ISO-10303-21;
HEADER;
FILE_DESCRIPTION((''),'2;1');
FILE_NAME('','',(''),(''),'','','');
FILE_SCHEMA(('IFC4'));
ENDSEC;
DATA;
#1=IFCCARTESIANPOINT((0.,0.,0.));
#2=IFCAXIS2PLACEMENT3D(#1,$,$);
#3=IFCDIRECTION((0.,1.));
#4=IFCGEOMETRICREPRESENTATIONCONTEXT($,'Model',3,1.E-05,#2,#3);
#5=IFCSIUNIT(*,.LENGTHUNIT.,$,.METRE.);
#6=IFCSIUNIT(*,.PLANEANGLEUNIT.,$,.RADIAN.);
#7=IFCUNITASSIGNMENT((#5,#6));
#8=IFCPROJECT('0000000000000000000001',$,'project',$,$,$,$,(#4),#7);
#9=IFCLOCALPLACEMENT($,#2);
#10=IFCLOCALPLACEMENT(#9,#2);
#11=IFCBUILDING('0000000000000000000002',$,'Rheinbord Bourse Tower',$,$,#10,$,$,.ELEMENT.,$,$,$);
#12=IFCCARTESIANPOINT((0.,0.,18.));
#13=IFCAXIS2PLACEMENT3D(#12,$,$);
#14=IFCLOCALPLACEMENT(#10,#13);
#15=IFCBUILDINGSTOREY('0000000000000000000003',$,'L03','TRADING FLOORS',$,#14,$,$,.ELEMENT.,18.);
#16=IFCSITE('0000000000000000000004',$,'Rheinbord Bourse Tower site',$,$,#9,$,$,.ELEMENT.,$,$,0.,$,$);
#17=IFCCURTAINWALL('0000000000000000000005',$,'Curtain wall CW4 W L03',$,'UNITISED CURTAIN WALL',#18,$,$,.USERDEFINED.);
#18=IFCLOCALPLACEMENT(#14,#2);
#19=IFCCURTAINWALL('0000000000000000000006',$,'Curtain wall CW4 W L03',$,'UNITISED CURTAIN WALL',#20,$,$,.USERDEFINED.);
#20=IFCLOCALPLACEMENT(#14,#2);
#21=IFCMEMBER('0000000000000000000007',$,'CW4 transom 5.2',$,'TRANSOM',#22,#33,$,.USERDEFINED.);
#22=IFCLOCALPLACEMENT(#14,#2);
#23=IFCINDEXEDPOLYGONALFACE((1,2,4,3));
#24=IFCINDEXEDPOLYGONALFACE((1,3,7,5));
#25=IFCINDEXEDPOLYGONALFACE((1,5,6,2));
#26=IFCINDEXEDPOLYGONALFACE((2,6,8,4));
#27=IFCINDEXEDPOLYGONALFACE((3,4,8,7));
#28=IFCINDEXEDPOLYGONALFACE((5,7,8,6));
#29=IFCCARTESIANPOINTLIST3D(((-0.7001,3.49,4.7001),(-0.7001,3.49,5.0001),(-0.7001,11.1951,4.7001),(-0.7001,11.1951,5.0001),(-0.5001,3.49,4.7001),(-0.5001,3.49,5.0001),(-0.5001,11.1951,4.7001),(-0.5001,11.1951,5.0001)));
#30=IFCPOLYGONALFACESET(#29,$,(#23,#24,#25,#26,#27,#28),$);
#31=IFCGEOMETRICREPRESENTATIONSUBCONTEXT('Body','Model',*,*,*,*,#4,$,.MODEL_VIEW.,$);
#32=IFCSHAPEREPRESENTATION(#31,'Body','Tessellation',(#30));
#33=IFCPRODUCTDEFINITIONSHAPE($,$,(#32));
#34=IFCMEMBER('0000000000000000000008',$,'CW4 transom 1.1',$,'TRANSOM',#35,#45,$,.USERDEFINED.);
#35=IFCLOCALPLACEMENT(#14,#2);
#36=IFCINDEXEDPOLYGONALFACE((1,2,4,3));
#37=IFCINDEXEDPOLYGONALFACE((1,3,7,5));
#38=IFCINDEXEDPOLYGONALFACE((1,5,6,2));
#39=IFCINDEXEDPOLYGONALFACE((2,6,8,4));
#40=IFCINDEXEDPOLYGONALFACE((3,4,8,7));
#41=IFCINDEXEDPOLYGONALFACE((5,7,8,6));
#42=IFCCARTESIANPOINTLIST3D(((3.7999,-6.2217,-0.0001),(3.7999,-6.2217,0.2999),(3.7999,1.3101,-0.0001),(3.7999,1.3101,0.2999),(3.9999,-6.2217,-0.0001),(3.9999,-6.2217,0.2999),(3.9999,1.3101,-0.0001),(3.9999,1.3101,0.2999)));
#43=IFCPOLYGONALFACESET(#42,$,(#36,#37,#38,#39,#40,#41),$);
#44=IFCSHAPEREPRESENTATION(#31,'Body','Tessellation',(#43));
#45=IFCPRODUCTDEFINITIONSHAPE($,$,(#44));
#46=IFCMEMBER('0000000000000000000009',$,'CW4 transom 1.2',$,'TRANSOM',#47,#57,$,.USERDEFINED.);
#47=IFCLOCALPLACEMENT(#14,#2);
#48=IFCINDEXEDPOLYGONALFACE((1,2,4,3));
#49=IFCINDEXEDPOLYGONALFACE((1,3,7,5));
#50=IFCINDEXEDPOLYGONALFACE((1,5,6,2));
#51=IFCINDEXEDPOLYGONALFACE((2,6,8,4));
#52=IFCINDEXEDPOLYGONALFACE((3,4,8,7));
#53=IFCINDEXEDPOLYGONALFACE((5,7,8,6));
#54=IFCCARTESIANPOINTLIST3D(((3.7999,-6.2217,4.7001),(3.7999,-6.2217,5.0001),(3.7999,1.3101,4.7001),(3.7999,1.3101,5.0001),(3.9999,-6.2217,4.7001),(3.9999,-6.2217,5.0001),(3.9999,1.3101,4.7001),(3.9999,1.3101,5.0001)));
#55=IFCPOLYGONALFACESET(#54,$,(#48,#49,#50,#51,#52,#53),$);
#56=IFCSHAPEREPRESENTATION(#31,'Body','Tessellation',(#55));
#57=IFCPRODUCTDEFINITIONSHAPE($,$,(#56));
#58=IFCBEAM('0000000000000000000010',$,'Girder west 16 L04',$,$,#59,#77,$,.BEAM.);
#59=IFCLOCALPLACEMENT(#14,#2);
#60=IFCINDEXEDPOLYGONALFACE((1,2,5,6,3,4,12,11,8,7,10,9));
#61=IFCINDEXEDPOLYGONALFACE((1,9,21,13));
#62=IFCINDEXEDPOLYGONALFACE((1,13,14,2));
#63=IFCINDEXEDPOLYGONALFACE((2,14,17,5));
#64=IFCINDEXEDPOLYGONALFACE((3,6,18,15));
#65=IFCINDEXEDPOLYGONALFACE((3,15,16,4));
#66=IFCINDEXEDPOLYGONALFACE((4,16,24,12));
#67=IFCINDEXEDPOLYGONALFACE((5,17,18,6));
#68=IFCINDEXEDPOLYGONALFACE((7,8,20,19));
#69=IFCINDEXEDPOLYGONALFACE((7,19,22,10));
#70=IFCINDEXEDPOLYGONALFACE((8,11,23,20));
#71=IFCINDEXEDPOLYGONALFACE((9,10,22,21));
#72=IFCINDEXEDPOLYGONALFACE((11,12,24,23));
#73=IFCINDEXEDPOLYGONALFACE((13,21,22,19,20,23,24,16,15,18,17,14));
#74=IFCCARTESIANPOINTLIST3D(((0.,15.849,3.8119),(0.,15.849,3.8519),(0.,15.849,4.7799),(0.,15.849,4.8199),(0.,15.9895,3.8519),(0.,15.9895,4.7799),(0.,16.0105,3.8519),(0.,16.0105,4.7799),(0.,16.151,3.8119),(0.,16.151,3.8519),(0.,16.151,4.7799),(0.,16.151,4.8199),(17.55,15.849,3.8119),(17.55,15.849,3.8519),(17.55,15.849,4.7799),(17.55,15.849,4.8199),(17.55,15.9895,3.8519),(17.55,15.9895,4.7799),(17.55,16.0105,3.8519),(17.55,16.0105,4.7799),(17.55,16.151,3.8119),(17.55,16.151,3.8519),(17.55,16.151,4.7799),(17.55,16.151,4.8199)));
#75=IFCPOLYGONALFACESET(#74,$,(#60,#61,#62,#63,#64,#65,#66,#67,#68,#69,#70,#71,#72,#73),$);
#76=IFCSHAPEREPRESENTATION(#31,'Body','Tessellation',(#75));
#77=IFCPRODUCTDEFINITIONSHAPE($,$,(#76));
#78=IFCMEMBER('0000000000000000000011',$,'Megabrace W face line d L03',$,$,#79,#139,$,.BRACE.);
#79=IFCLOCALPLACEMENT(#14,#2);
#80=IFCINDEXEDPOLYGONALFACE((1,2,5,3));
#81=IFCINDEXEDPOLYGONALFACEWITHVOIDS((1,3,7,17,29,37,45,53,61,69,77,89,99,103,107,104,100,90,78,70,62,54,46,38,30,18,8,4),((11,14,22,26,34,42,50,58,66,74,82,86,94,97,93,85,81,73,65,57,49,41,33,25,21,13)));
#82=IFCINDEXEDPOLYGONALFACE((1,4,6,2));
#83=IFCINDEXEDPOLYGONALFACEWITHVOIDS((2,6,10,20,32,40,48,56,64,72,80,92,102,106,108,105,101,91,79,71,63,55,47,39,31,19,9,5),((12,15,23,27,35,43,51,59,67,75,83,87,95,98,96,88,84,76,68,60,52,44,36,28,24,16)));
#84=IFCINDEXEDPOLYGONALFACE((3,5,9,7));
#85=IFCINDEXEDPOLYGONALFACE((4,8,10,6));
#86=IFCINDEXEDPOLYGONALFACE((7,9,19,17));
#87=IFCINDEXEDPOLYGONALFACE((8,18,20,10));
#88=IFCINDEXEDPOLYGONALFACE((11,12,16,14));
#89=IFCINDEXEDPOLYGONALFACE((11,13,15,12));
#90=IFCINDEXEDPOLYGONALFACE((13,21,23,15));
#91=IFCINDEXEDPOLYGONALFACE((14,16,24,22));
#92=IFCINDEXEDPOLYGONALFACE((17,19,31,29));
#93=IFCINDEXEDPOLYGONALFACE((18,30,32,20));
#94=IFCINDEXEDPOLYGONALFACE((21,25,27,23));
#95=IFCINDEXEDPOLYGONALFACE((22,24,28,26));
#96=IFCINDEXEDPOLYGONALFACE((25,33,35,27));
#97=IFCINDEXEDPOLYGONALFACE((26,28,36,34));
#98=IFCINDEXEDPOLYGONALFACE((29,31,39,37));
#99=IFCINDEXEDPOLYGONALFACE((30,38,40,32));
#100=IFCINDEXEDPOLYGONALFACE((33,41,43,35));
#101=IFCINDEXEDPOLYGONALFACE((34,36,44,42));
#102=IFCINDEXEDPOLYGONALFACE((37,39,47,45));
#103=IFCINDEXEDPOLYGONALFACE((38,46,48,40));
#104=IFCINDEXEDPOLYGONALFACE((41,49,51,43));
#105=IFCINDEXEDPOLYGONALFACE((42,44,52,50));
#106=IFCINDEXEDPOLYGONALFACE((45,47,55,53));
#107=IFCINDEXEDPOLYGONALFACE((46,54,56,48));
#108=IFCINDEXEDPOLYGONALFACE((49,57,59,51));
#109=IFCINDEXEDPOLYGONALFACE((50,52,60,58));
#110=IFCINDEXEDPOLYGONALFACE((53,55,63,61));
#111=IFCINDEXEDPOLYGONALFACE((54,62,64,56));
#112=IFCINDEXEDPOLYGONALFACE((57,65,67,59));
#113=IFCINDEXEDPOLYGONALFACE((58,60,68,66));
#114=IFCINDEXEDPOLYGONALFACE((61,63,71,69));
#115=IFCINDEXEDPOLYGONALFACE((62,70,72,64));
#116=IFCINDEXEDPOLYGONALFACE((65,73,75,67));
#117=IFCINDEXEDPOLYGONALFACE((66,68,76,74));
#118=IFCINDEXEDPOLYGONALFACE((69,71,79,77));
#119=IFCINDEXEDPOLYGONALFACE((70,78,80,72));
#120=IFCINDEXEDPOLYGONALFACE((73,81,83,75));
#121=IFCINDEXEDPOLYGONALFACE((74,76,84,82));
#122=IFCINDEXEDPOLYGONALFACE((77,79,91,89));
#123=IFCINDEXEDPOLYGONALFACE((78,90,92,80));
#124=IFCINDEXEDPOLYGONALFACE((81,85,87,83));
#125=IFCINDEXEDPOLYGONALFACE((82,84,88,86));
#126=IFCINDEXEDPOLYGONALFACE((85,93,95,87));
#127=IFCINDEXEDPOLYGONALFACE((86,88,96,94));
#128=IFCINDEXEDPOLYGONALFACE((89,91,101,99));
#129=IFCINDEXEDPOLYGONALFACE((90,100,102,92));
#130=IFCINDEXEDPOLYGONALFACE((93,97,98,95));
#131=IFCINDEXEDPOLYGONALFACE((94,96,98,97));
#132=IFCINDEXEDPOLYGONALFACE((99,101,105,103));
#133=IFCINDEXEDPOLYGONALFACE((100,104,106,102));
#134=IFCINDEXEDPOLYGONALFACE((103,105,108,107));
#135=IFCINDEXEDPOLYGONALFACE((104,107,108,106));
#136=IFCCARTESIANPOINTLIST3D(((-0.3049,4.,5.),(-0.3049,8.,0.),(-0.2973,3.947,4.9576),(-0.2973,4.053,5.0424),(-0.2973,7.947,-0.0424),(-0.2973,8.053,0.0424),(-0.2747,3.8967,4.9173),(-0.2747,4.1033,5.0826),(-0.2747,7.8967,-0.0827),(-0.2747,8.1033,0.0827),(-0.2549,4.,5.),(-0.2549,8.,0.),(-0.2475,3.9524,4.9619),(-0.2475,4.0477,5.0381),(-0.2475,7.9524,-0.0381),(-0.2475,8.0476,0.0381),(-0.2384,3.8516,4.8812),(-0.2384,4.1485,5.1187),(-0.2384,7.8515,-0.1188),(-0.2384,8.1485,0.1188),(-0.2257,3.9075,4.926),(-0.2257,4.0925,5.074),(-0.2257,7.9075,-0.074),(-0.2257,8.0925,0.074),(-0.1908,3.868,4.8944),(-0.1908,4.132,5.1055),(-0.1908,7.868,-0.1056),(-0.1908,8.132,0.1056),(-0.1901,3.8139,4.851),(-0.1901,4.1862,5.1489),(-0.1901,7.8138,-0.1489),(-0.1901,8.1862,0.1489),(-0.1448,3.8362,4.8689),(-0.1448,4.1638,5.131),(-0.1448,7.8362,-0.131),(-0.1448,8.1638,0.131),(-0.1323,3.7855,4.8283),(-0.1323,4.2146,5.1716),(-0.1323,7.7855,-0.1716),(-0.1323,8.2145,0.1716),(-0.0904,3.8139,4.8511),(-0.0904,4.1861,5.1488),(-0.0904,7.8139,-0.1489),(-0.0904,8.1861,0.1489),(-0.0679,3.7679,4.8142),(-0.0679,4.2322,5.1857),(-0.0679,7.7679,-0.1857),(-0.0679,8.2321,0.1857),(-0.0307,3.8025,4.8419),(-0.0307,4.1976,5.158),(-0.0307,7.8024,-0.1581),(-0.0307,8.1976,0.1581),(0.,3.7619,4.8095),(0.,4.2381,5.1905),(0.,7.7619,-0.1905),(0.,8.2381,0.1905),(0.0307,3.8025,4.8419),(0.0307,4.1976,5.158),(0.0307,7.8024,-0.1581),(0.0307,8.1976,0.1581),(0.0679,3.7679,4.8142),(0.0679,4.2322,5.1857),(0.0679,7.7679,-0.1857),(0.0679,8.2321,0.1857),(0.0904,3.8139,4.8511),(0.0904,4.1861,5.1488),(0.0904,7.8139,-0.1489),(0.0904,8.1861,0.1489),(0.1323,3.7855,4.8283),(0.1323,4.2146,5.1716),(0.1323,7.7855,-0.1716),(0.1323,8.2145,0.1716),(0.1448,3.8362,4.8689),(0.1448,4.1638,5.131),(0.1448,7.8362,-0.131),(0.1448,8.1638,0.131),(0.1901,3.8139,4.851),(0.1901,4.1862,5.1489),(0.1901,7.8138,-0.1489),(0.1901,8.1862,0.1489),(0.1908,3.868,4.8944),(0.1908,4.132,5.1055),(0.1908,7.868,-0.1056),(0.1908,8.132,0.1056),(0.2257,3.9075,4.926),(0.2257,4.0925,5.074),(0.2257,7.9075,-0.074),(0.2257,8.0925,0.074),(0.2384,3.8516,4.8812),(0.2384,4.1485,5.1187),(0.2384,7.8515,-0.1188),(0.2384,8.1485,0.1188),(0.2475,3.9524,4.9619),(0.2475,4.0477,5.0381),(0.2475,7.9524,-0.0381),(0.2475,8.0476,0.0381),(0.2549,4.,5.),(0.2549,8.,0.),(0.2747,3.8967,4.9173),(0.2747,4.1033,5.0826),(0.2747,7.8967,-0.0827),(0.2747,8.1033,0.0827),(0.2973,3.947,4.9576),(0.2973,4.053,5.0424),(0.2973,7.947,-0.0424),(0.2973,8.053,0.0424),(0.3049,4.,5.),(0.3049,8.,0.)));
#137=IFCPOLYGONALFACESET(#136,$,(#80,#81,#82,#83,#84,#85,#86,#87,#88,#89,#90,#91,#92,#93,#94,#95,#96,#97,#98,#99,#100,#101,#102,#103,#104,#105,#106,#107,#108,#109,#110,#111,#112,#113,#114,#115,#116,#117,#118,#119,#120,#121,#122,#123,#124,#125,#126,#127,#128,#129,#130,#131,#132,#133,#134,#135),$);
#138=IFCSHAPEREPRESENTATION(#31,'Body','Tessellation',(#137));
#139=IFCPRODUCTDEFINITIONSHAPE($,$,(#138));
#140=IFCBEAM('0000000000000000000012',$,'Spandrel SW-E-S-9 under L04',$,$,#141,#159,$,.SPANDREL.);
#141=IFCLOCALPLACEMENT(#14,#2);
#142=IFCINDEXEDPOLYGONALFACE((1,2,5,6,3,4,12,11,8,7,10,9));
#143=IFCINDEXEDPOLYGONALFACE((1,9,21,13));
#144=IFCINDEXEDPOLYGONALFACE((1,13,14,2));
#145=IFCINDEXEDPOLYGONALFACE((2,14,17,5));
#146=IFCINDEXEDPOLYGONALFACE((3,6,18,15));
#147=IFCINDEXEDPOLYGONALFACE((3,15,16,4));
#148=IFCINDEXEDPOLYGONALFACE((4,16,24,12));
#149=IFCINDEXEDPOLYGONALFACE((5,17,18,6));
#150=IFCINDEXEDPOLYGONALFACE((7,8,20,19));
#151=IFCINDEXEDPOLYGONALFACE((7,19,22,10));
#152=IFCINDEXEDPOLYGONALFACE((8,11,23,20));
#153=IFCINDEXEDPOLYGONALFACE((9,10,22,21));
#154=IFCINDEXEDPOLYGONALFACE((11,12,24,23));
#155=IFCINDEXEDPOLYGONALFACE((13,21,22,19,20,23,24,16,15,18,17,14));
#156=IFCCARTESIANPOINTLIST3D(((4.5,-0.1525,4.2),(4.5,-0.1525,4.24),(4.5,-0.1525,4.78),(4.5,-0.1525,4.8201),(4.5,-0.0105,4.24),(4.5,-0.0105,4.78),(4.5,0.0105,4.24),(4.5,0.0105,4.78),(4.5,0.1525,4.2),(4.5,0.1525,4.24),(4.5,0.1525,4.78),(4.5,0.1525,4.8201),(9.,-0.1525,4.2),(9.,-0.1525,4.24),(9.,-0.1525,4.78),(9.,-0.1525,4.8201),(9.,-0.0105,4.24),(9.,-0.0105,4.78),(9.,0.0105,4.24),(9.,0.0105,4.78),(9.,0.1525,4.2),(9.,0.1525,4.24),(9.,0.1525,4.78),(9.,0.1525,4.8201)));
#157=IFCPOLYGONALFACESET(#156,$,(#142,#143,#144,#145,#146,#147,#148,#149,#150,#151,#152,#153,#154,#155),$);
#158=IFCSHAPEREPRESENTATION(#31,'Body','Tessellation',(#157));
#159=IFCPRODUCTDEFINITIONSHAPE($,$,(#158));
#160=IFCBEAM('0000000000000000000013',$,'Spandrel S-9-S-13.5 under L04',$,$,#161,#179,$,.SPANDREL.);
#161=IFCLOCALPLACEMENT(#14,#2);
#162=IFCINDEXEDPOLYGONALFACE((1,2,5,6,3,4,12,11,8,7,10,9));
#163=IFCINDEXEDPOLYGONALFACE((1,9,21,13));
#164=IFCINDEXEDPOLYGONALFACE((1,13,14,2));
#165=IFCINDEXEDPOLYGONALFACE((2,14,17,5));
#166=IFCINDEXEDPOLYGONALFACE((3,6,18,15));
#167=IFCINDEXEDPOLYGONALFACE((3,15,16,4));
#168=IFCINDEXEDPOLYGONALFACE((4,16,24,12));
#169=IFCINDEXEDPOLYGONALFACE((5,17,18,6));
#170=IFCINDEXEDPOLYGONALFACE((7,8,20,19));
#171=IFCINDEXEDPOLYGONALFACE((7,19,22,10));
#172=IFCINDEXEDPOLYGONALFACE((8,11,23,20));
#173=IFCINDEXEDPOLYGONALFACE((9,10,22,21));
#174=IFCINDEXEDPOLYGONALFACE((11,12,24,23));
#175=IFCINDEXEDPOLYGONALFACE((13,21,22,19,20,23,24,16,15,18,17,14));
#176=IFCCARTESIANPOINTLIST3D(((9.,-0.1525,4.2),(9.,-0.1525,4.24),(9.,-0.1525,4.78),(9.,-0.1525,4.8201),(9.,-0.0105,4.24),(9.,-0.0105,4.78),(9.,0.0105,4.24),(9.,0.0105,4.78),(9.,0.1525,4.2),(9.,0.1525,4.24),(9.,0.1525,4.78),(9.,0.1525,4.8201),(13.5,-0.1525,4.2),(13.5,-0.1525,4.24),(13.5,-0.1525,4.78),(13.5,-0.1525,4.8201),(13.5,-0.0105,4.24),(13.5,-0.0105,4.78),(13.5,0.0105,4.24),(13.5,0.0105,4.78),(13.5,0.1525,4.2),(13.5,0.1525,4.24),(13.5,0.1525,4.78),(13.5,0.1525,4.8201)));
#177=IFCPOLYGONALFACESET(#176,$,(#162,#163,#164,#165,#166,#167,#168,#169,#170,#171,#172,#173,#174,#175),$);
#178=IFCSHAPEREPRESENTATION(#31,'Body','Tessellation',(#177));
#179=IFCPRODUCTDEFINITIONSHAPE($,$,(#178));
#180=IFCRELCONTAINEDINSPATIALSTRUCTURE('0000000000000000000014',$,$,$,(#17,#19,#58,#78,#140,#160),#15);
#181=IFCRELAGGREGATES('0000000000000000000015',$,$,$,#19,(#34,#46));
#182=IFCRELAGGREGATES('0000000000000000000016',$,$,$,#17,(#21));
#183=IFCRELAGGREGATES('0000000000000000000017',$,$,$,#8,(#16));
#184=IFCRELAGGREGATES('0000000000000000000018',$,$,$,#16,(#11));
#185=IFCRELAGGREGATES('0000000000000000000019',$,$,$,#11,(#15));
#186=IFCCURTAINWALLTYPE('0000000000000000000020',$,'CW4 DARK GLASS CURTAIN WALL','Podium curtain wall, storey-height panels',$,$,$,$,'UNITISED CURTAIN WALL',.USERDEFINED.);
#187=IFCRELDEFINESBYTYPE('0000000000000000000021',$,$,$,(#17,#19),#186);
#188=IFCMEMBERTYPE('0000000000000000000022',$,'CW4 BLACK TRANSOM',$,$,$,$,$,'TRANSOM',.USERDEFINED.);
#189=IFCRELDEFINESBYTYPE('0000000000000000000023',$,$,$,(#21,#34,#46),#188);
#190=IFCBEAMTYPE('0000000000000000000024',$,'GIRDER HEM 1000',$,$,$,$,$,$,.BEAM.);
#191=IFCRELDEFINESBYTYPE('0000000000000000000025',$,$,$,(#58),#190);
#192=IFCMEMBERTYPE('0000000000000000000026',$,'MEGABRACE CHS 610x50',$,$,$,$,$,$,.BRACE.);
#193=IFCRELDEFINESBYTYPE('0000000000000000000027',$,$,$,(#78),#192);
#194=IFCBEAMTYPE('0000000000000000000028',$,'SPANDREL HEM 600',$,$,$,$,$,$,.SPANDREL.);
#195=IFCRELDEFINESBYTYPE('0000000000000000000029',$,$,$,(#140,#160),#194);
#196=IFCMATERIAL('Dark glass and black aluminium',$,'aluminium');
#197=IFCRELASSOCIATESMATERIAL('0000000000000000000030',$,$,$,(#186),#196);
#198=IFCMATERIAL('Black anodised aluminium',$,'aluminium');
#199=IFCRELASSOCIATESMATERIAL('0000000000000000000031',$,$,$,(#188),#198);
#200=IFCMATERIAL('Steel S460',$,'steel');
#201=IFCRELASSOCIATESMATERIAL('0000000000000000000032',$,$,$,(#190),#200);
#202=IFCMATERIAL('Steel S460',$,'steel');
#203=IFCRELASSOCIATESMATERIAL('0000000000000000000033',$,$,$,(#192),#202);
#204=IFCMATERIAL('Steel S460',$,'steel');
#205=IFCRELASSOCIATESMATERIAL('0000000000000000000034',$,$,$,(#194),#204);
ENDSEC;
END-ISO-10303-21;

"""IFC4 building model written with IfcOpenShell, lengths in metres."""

from ifc_helpers import new_model, si_unit, direction, frame, origin, origin_2d, place, context, subcontext, project, spatial, rectangle, hollow_circle, i_section, extrude, material, material_profile, profile_set, type_object, element, aggregate, save


model = new_model("IFC4")

# Units and contexts
model_context = context("Model", 3, precision=1e-05, world=origin(), true_north=direction((0.0, 1.0)))
body_context = subcontext(model_context, "Body", "Model", "MODEL_VIEW")
ifc_project = project(units=[si_unit("LENGTHUNIT", "METRE"), si_unit("PLANEANGLEUNIT", "RADIAN")], contexts=[model_context])

# Site, building, storey
site_placement = place(None, origin())
site = spatial("IfcSite", under=ifc_project, at=site_placement, Name="Rheinbord Bourse Tower site", CompositionType="ELEMENT", RefElevation=0.0)
building_placement = place(site_placement, origin())
building = spatial("IfcBuilding", under=site, at=building_placement, Name="Rheinbord Bourse Tower", CompositionType="ELEMENT")
storey_placement = place(building_placement, frame((0.0, 0.0, 18.0)))
storey = spatial("IfcBuildingStorey", under=building, at=storey_placement, Name="L03", Description="TRADING FLOORS", CompositionType="ELEMENT", Elevation=18.0)

# Curtain wall
ifc_material_1 = material(Name="Dark glass and black aluminium", Category="aluminium")
curtain_wall_type = type_object("IfcCurtainWallType", Name="CW4 DARK GLASS CURTAIN WALL", Description="Podium curtain wall, storey-height panels", ElementType="UNITISED CURTAIN WALL", PredefinedType="USERDEFINED", material=ifc_material_1)
curtain_wall_1_placement = place(storey_placement, origin())
curtain_wall_1 = element("IfcCurtainWall", 1, at=curtain_wall_1_placement, inside=storey, type_object=curtain_wall_type, Name="Curtain wall CW4 W L03", ObjectType="UNITISED CURTAIN WALL", PredefinedType="USERDEFINED")

# Curtain wall
curtain_wall_2_placement = place(storey_placement, origin())
curtain_wall_2 = element("IfcCurtainWall", 2, at=curtain_wall_2_placement, inside=storey, type_object=curtain_wall_type, Name="Curtain wall CW4 W L03", ObjectType="UNITISED CURTAIN WALL", PredefinedType="USERDEFINED")

# Members
ifc_material_2 = material(Name="Black anodised aluminium", Category="aluminium")
ifc_material_profile_1 = material_profile(ifc_material_2, rectangle(XDim=0.2, YDim=0.3, at=origin_2d()), Name="CW4 TRANSOM 300x200")
ifc_profile_set_1 = profile_set([ifc_material_profile_1], Name="Black anodised aluminium")
member_type_1 = type_object("IfcMemberType", Name="CW4 BLACK TRANSOM", ElementType="TRANSOM", PredefinedType="USERDEFINED", material=ifc_profile_set_1)
member_1_placement = place(storey_placement, frame((-0.6001, 11.1951, 4.8501), z_axis=(0.0, -1.0, 0.0), x_axis=(1.0, 0.0, 0.0)))
member_1 = element("IfcMember", 3, at=member_1_placement, type_object=member_type_1, Name="CW4 transom 5.2", ObjectType="TRANSOM", PredefinedType="USERDEFINED", context=body_context, shape_type="SweptSolid", body=[
    extrude(rectangle(XDim=0.2, YDim=0.3, at=origin_2d()), origin(), (0.0, 0.0, 1.0), 7.7051),
])
member_2_placement = place(storey_placement, frame((3.8999, 1.3101, 0.1499), z_axis=(0.0, -1.0, 0.0), x_axis=(1.0, 0.0, 0.0)))
member_2 = element("IfcMember", 4, at=member_2_placement, type_object=member_type_1, Name="CW4 transom 1.1", ObjectType="TRANSOM", PredefinedType="USERDEFINED", context=body_context, shape_type="SweptSolid", body=[
    extrude(rectangle(XDim=0.2, YDim=0.3, at=origin_2d()), origin(), (0.0, 0.0, 1.0), 7.5317),
])
member_3_placement = place(storey_placement, frame((3.8999, 1.3101, 4.8501), z_axis=(0.0, -1.0, 0.0), x_axis=(1.0, 0.0, 0.0)))
member_3 = element("IfcMember", 5, at=member_3_placement, type_object=member_type_1, Name="CW4 transom 1.2", ObjectType="TRANSOM", PredefinedType="USERDEFINED", context=body_context, shape_type="SweptSolid", body=[
    extrude(rectangle(XDim=0.2, YDim=0.3, at=origin_2d()), origin(), (0.0, 0.0, 1.0), 7.5317),
])
aggregate(curtain_wall_2, [member_2, member_3])

# Beam
ifc_material_3 = material(Name="Steel S460", Category="steel")
ifc_material_profile_2 = material_profile(ifc_material_3, i_section(OverallWidth=0.302, OverallDepth=1.0081, WebThickness=0.021, FlangeThickness=0.04, at=origin_2d()), Name="HEM 1000")
ifc_profile_set_2 = profile_set([ifc_material_profile_2], Name="Steel S460")
beam_type_1 = type_object("IfcBeamType", Name="GIRDER HEM 1000", PredefinedType="BEAM", material=ifc_profile_set_2)
beam_1_placement = place(storey_placement, frame((0.0, 16.0, 4.3159), z_axis=(1.0, 0.0, 0.0), x_axis=(0.0, 1.0, 0.0)))
element("IfcBeam", 6, at=beam_1_placement, inside=storey, type_object=beam_type_1, Name="Girder west 16 L04", PredefinedType="BEAM", context=body_context, shape_type="SweptSolid", body=[
    extrude(i_section(OverallWidth=0.302, OverallDepth=1.0081, WebThickness=0.021, FlangeThickness=0.04, at=origin_2d()), origin(), (0.0, 0.0, 1.0), 17.55),
])

# Member
ifc_material_4 = material(Name="Steel S460", Category="steel")
ifc_material_profile_3 = material_profile(ifc_material_4, hollow_circle(Radius=0.3049, WallThickness=0.05, at=origin_2d()), Name="CHS 610x50")
ifc_profile_set_3 = profile_set([ifc_material_profile_3], Name="Steel S460")
member_type_2 = type_object("IfcMemberType", Name="MEGABRACE CHS 610x50", PredefinedType="BRACE", material=ifc_profile_set_3)
member_4_placement = place(storey_placement, frame((0.0, 8.0, 0.0), z_axis=(0.0, -0.624695, 0.780869), x_axis=(1.0, 0.0, 0.0)))
element("IfcMember", 7, at=member_4_placement, inside=storey, type_object=member_type_2, Name="Megabrace W face line d L03", PredefinedType="BRACE", context=body_context, shape_type="SweptSolid", body=[
    extrude(hollow_circle(Radius=0.3049, WallThickness=0.05, at=origin_2d()), origin(), (0.0, 0.0, 1.0), 6.4031),
])

# Beams
ifc_material_5 = material(Name="Steel S460", Category="steel")
ifc_material_profile_4 = material_profile(ifc_material_5, i_section(OverallWidth=0.3049, OverallDepth=0.6201, WebThickness=0.021, FlangeThickness=0.04, at=origin_2d()), Name="HEM 600")
ifc_profile_set_4 = profile_set([ifc_material_profile_4], Name="Steel S460")
beam_type_2 = type_object("IfcBeamType", Name="SPANDREL HEM 600", PredefinedType="SPANDREL", material=ifc_profile_set_4)
for number, where, z_axis, x_axis, name in (
    (8, (4.5, 0.0, 4.51), (1.0, 0.0, 0.0), (0.0, 1.0, 0.0), "Spandrel SW-E-S-9 under L04"),
    (9, (9.0, 0.0, 4.51), (1.0, 0.0, 0.0), (0.0, 1.0, 0.0), "Spandrel S-9-S-13.5 under L04"),
):
    element("IfcBeam", number, at=place(storey_placement, frame(where, z_axis=z_axis, x_axis=x_axis)), inside=storey, type_object=beam_type_2, Name=name, PredefinedType="SPANDREL", context=body_context, shape_type="SweptSolid", body=[
        extrude(i_section(OverallWidth=0.3049, OverallDepth=0.6201, WebThickness=0.021, FlangeThickness=0.04, at=origin_2d()), origin(), (0.0, 0.0, 1.0), 4.5),
    ])

aggregate(curtain_wall_1, [member_1])

save(model, "model.ifc")
